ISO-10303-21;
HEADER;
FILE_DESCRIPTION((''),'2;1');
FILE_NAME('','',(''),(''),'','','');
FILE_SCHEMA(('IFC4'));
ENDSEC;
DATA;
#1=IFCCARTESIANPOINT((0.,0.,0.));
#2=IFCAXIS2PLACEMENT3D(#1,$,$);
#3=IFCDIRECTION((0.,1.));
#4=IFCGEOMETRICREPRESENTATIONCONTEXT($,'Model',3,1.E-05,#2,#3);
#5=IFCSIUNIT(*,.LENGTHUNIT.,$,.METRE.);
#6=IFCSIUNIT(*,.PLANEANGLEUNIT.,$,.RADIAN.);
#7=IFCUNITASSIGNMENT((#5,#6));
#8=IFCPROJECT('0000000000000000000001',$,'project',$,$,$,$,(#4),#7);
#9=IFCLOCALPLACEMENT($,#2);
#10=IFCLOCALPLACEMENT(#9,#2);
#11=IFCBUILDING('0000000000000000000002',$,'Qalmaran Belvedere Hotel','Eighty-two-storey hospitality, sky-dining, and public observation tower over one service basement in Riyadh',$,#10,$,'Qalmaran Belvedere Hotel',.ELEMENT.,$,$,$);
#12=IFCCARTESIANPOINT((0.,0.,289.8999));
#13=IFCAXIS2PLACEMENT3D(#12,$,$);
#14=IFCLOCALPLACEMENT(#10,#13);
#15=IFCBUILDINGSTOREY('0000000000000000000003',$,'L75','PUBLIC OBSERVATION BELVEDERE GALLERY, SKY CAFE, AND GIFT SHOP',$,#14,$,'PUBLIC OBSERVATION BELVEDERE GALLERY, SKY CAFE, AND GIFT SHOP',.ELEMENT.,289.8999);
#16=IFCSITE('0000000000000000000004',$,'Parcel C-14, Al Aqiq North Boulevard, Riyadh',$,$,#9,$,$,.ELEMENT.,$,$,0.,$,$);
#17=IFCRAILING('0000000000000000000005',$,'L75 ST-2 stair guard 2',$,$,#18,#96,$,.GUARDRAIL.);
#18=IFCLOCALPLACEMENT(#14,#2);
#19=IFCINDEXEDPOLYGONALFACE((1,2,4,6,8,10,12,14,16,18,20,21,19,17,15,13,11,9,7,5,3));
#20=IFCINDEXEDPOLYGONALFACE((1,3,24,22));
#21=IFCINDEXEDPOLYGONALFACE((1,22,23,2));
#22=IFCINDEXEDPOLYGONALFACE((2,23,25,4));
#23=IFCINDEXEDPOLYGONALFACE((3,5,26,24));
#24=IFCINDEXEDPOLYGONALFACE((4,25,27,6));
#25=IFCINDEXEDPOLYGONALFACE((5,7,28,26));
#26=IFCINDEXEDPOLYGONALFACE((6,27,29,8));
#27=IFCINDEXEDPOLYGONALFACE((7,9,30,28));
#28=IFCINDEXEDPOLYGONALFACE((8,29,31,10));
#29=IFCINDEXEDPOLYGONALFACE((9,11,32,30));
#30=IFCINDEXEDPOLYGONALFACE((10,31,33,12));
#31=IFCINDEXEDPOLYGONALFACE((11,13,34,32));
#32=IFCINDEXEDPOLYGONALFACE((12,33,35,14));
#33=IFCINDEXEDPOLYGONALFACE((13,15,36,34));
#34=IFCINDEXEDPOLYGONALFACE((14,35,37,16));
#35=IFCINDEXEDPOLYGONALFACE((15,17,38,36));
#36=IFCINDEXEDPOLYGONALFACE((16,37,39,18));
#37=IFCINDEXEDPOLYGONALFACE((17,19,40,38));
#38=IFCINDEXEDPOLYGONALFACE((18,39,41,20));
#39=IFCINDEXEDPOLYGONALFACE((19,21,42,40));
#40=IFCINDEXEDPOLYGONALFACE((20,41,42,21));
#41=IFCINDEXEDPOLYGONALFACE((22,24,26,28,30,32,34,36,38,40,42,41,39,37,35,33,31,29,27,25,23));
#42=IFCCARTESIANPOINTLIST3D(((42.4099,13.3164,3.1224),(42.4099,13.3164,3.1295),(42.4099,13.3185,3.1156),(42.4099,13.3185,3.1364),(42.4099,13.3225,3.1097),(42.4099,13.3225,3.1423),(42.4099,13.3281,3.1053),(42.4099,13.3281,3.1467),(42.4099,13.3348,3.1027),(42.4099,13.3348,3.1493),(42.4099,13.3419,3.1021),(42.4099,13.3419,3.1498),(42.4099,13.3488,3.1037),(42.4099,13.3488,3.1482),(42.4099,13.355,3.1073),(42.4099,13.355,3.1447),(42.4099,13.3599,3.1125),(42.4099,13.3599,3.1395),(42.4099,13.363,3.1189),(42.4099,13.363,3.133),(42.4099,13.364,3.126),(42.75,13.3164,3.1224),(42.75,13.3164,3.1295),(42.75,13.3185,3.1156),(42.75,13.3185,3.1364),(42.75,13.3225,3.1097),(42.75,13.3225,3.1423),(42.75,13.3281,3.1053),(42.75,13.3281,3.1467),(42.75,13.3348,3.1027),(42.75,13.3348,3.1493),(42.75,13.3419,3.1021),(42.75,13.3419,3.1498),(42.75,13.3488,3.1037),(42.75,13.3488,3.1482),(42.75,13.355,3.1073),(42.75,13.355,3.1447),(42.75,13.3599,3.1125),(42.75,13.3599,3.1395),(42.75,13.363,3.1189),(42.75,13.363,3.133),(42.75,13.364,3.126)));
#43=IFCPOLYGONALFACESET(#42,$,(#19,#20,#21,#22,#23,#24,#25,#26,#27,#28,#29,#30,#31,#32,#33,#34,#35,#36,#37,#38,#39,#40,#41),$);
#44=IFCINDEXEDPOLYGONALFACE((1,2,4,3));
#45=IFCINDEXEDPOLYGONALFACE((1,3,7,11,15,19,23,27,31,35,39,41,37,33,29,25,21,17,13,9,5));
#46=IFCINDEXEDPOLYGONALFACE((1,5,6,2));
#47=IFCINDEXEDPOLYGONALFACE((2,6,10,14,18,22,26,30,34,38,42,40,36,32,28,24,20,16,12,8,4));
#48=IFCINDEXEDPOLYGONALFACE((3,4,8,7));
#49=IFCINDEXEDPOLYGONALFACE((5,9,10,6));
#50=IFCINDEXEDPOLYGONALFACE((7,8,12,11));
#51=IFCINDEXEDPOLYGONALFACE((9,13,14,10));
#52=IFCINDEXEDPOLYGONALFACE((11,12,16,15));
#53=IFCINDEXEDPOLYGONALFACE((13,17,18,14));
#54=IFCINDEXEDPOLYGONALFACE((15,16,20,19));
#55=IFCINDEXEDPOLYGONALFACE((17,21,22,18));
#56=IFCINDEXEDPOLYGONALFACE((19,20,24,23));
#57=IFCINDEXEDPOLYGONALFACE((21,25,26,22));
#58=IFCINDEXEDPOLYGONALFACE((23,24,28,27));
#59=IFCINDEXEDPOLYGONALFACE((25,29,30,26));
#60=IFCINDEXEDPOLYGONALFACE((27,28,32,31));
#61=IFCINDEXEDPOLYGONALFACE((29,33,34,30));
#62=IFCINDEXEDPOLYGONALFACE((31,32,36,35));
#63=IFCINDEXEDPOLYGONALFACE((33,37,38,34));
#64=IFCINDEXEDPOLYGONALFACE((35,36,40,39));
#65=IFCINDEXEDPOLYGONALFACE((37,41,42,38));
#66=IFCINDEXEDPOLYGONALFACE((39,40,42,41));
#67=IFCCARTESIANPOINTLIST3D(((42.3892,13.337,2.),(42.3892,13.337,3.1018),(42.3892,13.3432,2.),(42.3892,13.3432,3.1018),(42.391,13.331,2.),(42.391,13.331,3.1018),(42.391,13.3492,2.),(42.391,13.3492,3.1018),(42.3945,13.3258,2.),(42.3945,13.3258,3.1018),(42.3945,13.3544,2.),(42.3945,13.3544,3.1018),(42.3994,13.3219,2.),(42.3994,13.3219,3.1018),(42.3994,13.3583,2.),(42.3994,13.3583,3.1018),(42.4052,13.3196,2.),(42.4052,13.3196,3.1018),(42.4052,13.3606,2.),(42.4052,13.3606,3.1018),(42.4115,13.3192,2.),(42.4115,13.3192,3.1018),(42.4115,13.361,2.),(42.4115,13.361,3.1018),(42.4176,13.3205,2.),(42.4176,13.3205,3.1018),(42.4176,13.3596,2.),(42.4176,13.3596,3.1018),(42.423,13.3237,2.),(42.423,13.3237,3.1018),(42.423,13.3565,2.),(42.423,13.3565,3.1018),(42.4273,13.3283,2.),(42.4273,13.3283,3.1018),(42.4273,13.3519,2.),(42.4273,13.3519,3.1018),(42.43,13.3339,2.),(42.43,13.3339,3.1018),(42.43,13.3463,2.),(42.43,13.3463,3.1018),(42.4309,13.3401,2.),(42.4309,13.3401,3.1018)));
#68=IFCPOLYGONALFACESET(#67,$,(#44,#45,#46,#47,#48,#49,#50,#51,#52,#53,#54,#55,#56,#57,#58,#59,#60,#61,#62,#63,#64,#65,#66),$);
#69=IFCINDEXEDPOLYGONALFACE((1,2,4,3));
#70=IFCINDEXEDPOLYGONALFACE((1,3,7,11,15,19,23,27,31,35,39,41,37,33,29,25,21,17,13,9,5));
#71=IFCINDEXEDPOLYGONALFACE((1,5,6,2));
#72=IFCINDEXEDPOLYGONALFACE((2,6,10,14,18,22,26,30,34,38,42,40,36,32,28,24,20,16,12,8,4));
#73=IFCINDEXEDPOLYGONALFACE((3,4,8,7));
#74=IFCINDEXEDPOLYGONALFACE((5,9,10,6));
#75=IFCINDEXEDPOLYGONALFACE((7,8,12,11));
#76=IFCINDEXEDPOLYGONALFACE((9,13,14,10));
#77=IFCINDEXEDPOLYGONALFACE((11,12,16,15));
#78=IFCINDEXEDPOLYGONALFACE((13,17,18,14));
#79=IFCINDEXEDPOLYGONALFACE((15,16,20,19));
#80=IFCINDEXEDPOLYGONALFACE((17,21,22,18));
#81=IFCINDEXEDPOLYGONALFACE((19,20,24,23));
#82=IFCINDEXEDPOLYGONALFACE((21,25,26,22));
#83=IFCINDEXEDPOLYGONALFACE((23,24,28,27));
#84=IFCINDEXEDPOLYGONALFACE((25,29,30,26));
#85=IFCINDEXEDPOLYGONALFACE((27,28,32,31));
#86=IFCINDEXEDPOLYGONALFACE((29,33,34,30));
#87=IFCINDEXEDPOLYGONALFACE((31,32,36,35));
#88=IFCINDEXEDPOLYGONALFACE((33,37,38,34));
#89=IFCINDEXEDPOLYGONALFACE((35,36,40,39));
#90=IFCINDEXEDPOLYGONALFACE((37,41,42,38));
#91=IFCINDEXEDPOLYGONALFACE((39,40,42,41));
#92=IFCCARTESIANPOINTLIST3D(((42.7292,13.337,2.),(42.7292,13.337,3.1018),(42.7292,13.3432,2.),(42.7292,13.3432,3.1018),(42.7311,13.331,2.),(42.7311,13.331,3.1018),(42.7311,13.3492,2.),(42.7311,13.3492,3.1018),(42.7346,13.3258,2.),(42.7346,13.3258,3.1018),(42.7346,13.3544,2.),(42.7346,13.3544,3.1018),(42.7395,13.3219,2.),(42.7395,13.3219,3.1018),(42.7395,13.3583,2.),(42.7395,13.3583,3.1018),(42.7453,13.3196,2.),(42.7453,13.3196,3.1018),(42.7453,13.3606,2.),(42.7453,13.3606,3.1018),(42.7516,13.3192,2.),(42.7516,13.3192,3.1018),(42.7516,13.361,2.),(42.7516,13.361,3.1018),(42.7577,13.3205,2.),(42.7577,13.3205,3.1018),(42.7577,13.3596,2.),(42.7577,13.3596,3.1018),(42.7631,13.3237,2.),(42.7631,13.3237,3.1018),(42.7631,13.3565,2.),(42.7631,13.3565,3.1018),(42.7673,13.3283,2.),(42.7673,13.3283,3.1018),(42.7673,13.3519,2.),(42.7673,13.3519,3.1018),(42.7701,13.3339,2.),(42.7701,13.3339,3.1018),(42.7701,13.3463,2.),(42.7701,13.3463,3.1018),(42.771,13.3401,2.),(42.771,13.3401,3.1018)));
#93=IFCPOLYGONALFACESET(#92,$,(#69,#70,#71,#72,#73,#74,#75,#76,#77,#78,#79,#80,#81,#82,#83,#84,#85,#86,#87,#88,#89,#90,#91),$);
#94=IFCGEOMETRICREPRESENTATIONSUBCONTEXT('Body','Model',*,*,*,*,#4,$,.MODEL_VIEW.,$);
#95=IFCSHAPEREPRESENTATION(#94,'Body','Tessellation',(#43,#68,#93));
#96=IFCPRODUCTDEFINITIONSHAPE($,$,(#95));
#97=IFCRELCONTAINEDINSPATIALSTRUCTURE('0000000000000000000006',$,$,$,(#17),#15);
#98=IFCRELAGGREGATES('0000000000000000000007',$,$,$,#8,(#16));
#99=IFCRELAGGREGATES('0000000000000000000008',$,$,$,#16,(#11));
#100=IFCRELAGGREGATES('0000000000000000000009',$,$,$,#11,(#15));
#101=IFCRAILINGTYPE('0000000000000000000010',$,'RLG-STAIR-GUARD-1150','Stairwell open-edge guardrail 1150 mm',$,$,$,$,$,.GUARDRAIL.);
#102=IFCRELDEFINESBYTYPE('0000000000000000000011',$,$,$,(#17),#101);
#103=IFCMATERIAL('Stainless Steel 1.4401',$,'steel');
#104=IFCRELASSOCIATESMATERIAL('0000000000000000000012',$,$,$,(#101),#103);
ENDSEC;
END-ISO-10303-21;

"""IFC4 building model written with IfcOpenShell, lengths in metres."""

from ifc_helpers import new_model, si_unit, direction, frame, origin, origin_2d, place, context, subcontext, project, spatial, circle, extrude, material, type_object, element, save


model = new_model("IFC4")

# Units and contexts
model_context = context("Model", 3, precision=1e-05, world=origin(), true_north=direction((0.0, 1.0)))
body_context = subcontext(model_context, "Body", "Model", "MODEL_VIEW")
ifc_project = project(units=[si_unit("LENGTHUNIT", "METRE"), si_unit("PLANEANGLEUNIT", "RADIAN")], contexts=[model_context])

# Site, building, storey
site_placement = place(None, origin())
site = spatial("IfcSite", under=ifc_project, at=site_placement, Name="Parcel C-14, Al Aqiq North Boulevard, Riyadh", CompositionType="ELEMENT", RefElevation=0.0)
building_placement = place(site_placement, origin())
building = spatial("IfcBuilding", under=site, at=building_placement, Name="Qalmaran Belvedere Hotel", Description="Eighty-two-storey hospitality, sky-dining, and public observation tower over one service basement in Riyadh", LongName="Qalmaran Belvedere Hotel", CompositionType="ELEMENT")
storey_placement = place(building_placement, frame((0.0, 0.0, 289.8999)))
storey = spatial("IfcBuildingStorey", under=building, at=storey_placement, Name="L75", Description="PUBLIC OBSERVATION BELVEDERE GALLERY, SKY CAFE, AND GIFT SHOP", LongName="PUBLIC OBSERVATION BELVEDERE GALLERY, SKY CAFE, AND GIFT SHOP", CompositionType="ELEMENT", Elevation=289.8999)

# Railing
ifc_material_1 = material(Name="Stainless Steel 1.4401", Category="steel")
railing_type_1 = type_object("IfcRailingType", Name="RLG-STAIR-GUARD-1150", Description="Stairwell open-edge guardrail 1150 mm", PredefinedType="GUARDRAIL", material=ifc_material_1)
railing_1_placement = place(storey_placement, frame((42.4099, 13.3401, 2.0)))
element("IfcRailing", 1, at=railing_1_placement, inside=storey, type_object=railing_type_1, Name="L75 ST-2 stair guard 2", PredefinedType="GUARDRAIL", context=body_context, shape_type="SweptSolid", body=[
    extrude(circle(Radius=0.0239, at=origin_2d()), frame((0.0, 0.0, 1.126), z_axis=(1.0, 0.0, 0.0), x_axis=(0.0, 1.0, 0.0)), (0.0, 0.0, 1.0), 0.3401),
    extrude(circle(Radius=0.021, at=origin_2d()), origin(), (0.0, 0.0, 1.0), 1.1018),
    extrude(circle(Radius=0.021, at=origin_2d()), frame((0.3401, 0.0, 0.0)), (0.0, 0.0, 1.0), 1.1018),
])

save(model, "model.ifc")
